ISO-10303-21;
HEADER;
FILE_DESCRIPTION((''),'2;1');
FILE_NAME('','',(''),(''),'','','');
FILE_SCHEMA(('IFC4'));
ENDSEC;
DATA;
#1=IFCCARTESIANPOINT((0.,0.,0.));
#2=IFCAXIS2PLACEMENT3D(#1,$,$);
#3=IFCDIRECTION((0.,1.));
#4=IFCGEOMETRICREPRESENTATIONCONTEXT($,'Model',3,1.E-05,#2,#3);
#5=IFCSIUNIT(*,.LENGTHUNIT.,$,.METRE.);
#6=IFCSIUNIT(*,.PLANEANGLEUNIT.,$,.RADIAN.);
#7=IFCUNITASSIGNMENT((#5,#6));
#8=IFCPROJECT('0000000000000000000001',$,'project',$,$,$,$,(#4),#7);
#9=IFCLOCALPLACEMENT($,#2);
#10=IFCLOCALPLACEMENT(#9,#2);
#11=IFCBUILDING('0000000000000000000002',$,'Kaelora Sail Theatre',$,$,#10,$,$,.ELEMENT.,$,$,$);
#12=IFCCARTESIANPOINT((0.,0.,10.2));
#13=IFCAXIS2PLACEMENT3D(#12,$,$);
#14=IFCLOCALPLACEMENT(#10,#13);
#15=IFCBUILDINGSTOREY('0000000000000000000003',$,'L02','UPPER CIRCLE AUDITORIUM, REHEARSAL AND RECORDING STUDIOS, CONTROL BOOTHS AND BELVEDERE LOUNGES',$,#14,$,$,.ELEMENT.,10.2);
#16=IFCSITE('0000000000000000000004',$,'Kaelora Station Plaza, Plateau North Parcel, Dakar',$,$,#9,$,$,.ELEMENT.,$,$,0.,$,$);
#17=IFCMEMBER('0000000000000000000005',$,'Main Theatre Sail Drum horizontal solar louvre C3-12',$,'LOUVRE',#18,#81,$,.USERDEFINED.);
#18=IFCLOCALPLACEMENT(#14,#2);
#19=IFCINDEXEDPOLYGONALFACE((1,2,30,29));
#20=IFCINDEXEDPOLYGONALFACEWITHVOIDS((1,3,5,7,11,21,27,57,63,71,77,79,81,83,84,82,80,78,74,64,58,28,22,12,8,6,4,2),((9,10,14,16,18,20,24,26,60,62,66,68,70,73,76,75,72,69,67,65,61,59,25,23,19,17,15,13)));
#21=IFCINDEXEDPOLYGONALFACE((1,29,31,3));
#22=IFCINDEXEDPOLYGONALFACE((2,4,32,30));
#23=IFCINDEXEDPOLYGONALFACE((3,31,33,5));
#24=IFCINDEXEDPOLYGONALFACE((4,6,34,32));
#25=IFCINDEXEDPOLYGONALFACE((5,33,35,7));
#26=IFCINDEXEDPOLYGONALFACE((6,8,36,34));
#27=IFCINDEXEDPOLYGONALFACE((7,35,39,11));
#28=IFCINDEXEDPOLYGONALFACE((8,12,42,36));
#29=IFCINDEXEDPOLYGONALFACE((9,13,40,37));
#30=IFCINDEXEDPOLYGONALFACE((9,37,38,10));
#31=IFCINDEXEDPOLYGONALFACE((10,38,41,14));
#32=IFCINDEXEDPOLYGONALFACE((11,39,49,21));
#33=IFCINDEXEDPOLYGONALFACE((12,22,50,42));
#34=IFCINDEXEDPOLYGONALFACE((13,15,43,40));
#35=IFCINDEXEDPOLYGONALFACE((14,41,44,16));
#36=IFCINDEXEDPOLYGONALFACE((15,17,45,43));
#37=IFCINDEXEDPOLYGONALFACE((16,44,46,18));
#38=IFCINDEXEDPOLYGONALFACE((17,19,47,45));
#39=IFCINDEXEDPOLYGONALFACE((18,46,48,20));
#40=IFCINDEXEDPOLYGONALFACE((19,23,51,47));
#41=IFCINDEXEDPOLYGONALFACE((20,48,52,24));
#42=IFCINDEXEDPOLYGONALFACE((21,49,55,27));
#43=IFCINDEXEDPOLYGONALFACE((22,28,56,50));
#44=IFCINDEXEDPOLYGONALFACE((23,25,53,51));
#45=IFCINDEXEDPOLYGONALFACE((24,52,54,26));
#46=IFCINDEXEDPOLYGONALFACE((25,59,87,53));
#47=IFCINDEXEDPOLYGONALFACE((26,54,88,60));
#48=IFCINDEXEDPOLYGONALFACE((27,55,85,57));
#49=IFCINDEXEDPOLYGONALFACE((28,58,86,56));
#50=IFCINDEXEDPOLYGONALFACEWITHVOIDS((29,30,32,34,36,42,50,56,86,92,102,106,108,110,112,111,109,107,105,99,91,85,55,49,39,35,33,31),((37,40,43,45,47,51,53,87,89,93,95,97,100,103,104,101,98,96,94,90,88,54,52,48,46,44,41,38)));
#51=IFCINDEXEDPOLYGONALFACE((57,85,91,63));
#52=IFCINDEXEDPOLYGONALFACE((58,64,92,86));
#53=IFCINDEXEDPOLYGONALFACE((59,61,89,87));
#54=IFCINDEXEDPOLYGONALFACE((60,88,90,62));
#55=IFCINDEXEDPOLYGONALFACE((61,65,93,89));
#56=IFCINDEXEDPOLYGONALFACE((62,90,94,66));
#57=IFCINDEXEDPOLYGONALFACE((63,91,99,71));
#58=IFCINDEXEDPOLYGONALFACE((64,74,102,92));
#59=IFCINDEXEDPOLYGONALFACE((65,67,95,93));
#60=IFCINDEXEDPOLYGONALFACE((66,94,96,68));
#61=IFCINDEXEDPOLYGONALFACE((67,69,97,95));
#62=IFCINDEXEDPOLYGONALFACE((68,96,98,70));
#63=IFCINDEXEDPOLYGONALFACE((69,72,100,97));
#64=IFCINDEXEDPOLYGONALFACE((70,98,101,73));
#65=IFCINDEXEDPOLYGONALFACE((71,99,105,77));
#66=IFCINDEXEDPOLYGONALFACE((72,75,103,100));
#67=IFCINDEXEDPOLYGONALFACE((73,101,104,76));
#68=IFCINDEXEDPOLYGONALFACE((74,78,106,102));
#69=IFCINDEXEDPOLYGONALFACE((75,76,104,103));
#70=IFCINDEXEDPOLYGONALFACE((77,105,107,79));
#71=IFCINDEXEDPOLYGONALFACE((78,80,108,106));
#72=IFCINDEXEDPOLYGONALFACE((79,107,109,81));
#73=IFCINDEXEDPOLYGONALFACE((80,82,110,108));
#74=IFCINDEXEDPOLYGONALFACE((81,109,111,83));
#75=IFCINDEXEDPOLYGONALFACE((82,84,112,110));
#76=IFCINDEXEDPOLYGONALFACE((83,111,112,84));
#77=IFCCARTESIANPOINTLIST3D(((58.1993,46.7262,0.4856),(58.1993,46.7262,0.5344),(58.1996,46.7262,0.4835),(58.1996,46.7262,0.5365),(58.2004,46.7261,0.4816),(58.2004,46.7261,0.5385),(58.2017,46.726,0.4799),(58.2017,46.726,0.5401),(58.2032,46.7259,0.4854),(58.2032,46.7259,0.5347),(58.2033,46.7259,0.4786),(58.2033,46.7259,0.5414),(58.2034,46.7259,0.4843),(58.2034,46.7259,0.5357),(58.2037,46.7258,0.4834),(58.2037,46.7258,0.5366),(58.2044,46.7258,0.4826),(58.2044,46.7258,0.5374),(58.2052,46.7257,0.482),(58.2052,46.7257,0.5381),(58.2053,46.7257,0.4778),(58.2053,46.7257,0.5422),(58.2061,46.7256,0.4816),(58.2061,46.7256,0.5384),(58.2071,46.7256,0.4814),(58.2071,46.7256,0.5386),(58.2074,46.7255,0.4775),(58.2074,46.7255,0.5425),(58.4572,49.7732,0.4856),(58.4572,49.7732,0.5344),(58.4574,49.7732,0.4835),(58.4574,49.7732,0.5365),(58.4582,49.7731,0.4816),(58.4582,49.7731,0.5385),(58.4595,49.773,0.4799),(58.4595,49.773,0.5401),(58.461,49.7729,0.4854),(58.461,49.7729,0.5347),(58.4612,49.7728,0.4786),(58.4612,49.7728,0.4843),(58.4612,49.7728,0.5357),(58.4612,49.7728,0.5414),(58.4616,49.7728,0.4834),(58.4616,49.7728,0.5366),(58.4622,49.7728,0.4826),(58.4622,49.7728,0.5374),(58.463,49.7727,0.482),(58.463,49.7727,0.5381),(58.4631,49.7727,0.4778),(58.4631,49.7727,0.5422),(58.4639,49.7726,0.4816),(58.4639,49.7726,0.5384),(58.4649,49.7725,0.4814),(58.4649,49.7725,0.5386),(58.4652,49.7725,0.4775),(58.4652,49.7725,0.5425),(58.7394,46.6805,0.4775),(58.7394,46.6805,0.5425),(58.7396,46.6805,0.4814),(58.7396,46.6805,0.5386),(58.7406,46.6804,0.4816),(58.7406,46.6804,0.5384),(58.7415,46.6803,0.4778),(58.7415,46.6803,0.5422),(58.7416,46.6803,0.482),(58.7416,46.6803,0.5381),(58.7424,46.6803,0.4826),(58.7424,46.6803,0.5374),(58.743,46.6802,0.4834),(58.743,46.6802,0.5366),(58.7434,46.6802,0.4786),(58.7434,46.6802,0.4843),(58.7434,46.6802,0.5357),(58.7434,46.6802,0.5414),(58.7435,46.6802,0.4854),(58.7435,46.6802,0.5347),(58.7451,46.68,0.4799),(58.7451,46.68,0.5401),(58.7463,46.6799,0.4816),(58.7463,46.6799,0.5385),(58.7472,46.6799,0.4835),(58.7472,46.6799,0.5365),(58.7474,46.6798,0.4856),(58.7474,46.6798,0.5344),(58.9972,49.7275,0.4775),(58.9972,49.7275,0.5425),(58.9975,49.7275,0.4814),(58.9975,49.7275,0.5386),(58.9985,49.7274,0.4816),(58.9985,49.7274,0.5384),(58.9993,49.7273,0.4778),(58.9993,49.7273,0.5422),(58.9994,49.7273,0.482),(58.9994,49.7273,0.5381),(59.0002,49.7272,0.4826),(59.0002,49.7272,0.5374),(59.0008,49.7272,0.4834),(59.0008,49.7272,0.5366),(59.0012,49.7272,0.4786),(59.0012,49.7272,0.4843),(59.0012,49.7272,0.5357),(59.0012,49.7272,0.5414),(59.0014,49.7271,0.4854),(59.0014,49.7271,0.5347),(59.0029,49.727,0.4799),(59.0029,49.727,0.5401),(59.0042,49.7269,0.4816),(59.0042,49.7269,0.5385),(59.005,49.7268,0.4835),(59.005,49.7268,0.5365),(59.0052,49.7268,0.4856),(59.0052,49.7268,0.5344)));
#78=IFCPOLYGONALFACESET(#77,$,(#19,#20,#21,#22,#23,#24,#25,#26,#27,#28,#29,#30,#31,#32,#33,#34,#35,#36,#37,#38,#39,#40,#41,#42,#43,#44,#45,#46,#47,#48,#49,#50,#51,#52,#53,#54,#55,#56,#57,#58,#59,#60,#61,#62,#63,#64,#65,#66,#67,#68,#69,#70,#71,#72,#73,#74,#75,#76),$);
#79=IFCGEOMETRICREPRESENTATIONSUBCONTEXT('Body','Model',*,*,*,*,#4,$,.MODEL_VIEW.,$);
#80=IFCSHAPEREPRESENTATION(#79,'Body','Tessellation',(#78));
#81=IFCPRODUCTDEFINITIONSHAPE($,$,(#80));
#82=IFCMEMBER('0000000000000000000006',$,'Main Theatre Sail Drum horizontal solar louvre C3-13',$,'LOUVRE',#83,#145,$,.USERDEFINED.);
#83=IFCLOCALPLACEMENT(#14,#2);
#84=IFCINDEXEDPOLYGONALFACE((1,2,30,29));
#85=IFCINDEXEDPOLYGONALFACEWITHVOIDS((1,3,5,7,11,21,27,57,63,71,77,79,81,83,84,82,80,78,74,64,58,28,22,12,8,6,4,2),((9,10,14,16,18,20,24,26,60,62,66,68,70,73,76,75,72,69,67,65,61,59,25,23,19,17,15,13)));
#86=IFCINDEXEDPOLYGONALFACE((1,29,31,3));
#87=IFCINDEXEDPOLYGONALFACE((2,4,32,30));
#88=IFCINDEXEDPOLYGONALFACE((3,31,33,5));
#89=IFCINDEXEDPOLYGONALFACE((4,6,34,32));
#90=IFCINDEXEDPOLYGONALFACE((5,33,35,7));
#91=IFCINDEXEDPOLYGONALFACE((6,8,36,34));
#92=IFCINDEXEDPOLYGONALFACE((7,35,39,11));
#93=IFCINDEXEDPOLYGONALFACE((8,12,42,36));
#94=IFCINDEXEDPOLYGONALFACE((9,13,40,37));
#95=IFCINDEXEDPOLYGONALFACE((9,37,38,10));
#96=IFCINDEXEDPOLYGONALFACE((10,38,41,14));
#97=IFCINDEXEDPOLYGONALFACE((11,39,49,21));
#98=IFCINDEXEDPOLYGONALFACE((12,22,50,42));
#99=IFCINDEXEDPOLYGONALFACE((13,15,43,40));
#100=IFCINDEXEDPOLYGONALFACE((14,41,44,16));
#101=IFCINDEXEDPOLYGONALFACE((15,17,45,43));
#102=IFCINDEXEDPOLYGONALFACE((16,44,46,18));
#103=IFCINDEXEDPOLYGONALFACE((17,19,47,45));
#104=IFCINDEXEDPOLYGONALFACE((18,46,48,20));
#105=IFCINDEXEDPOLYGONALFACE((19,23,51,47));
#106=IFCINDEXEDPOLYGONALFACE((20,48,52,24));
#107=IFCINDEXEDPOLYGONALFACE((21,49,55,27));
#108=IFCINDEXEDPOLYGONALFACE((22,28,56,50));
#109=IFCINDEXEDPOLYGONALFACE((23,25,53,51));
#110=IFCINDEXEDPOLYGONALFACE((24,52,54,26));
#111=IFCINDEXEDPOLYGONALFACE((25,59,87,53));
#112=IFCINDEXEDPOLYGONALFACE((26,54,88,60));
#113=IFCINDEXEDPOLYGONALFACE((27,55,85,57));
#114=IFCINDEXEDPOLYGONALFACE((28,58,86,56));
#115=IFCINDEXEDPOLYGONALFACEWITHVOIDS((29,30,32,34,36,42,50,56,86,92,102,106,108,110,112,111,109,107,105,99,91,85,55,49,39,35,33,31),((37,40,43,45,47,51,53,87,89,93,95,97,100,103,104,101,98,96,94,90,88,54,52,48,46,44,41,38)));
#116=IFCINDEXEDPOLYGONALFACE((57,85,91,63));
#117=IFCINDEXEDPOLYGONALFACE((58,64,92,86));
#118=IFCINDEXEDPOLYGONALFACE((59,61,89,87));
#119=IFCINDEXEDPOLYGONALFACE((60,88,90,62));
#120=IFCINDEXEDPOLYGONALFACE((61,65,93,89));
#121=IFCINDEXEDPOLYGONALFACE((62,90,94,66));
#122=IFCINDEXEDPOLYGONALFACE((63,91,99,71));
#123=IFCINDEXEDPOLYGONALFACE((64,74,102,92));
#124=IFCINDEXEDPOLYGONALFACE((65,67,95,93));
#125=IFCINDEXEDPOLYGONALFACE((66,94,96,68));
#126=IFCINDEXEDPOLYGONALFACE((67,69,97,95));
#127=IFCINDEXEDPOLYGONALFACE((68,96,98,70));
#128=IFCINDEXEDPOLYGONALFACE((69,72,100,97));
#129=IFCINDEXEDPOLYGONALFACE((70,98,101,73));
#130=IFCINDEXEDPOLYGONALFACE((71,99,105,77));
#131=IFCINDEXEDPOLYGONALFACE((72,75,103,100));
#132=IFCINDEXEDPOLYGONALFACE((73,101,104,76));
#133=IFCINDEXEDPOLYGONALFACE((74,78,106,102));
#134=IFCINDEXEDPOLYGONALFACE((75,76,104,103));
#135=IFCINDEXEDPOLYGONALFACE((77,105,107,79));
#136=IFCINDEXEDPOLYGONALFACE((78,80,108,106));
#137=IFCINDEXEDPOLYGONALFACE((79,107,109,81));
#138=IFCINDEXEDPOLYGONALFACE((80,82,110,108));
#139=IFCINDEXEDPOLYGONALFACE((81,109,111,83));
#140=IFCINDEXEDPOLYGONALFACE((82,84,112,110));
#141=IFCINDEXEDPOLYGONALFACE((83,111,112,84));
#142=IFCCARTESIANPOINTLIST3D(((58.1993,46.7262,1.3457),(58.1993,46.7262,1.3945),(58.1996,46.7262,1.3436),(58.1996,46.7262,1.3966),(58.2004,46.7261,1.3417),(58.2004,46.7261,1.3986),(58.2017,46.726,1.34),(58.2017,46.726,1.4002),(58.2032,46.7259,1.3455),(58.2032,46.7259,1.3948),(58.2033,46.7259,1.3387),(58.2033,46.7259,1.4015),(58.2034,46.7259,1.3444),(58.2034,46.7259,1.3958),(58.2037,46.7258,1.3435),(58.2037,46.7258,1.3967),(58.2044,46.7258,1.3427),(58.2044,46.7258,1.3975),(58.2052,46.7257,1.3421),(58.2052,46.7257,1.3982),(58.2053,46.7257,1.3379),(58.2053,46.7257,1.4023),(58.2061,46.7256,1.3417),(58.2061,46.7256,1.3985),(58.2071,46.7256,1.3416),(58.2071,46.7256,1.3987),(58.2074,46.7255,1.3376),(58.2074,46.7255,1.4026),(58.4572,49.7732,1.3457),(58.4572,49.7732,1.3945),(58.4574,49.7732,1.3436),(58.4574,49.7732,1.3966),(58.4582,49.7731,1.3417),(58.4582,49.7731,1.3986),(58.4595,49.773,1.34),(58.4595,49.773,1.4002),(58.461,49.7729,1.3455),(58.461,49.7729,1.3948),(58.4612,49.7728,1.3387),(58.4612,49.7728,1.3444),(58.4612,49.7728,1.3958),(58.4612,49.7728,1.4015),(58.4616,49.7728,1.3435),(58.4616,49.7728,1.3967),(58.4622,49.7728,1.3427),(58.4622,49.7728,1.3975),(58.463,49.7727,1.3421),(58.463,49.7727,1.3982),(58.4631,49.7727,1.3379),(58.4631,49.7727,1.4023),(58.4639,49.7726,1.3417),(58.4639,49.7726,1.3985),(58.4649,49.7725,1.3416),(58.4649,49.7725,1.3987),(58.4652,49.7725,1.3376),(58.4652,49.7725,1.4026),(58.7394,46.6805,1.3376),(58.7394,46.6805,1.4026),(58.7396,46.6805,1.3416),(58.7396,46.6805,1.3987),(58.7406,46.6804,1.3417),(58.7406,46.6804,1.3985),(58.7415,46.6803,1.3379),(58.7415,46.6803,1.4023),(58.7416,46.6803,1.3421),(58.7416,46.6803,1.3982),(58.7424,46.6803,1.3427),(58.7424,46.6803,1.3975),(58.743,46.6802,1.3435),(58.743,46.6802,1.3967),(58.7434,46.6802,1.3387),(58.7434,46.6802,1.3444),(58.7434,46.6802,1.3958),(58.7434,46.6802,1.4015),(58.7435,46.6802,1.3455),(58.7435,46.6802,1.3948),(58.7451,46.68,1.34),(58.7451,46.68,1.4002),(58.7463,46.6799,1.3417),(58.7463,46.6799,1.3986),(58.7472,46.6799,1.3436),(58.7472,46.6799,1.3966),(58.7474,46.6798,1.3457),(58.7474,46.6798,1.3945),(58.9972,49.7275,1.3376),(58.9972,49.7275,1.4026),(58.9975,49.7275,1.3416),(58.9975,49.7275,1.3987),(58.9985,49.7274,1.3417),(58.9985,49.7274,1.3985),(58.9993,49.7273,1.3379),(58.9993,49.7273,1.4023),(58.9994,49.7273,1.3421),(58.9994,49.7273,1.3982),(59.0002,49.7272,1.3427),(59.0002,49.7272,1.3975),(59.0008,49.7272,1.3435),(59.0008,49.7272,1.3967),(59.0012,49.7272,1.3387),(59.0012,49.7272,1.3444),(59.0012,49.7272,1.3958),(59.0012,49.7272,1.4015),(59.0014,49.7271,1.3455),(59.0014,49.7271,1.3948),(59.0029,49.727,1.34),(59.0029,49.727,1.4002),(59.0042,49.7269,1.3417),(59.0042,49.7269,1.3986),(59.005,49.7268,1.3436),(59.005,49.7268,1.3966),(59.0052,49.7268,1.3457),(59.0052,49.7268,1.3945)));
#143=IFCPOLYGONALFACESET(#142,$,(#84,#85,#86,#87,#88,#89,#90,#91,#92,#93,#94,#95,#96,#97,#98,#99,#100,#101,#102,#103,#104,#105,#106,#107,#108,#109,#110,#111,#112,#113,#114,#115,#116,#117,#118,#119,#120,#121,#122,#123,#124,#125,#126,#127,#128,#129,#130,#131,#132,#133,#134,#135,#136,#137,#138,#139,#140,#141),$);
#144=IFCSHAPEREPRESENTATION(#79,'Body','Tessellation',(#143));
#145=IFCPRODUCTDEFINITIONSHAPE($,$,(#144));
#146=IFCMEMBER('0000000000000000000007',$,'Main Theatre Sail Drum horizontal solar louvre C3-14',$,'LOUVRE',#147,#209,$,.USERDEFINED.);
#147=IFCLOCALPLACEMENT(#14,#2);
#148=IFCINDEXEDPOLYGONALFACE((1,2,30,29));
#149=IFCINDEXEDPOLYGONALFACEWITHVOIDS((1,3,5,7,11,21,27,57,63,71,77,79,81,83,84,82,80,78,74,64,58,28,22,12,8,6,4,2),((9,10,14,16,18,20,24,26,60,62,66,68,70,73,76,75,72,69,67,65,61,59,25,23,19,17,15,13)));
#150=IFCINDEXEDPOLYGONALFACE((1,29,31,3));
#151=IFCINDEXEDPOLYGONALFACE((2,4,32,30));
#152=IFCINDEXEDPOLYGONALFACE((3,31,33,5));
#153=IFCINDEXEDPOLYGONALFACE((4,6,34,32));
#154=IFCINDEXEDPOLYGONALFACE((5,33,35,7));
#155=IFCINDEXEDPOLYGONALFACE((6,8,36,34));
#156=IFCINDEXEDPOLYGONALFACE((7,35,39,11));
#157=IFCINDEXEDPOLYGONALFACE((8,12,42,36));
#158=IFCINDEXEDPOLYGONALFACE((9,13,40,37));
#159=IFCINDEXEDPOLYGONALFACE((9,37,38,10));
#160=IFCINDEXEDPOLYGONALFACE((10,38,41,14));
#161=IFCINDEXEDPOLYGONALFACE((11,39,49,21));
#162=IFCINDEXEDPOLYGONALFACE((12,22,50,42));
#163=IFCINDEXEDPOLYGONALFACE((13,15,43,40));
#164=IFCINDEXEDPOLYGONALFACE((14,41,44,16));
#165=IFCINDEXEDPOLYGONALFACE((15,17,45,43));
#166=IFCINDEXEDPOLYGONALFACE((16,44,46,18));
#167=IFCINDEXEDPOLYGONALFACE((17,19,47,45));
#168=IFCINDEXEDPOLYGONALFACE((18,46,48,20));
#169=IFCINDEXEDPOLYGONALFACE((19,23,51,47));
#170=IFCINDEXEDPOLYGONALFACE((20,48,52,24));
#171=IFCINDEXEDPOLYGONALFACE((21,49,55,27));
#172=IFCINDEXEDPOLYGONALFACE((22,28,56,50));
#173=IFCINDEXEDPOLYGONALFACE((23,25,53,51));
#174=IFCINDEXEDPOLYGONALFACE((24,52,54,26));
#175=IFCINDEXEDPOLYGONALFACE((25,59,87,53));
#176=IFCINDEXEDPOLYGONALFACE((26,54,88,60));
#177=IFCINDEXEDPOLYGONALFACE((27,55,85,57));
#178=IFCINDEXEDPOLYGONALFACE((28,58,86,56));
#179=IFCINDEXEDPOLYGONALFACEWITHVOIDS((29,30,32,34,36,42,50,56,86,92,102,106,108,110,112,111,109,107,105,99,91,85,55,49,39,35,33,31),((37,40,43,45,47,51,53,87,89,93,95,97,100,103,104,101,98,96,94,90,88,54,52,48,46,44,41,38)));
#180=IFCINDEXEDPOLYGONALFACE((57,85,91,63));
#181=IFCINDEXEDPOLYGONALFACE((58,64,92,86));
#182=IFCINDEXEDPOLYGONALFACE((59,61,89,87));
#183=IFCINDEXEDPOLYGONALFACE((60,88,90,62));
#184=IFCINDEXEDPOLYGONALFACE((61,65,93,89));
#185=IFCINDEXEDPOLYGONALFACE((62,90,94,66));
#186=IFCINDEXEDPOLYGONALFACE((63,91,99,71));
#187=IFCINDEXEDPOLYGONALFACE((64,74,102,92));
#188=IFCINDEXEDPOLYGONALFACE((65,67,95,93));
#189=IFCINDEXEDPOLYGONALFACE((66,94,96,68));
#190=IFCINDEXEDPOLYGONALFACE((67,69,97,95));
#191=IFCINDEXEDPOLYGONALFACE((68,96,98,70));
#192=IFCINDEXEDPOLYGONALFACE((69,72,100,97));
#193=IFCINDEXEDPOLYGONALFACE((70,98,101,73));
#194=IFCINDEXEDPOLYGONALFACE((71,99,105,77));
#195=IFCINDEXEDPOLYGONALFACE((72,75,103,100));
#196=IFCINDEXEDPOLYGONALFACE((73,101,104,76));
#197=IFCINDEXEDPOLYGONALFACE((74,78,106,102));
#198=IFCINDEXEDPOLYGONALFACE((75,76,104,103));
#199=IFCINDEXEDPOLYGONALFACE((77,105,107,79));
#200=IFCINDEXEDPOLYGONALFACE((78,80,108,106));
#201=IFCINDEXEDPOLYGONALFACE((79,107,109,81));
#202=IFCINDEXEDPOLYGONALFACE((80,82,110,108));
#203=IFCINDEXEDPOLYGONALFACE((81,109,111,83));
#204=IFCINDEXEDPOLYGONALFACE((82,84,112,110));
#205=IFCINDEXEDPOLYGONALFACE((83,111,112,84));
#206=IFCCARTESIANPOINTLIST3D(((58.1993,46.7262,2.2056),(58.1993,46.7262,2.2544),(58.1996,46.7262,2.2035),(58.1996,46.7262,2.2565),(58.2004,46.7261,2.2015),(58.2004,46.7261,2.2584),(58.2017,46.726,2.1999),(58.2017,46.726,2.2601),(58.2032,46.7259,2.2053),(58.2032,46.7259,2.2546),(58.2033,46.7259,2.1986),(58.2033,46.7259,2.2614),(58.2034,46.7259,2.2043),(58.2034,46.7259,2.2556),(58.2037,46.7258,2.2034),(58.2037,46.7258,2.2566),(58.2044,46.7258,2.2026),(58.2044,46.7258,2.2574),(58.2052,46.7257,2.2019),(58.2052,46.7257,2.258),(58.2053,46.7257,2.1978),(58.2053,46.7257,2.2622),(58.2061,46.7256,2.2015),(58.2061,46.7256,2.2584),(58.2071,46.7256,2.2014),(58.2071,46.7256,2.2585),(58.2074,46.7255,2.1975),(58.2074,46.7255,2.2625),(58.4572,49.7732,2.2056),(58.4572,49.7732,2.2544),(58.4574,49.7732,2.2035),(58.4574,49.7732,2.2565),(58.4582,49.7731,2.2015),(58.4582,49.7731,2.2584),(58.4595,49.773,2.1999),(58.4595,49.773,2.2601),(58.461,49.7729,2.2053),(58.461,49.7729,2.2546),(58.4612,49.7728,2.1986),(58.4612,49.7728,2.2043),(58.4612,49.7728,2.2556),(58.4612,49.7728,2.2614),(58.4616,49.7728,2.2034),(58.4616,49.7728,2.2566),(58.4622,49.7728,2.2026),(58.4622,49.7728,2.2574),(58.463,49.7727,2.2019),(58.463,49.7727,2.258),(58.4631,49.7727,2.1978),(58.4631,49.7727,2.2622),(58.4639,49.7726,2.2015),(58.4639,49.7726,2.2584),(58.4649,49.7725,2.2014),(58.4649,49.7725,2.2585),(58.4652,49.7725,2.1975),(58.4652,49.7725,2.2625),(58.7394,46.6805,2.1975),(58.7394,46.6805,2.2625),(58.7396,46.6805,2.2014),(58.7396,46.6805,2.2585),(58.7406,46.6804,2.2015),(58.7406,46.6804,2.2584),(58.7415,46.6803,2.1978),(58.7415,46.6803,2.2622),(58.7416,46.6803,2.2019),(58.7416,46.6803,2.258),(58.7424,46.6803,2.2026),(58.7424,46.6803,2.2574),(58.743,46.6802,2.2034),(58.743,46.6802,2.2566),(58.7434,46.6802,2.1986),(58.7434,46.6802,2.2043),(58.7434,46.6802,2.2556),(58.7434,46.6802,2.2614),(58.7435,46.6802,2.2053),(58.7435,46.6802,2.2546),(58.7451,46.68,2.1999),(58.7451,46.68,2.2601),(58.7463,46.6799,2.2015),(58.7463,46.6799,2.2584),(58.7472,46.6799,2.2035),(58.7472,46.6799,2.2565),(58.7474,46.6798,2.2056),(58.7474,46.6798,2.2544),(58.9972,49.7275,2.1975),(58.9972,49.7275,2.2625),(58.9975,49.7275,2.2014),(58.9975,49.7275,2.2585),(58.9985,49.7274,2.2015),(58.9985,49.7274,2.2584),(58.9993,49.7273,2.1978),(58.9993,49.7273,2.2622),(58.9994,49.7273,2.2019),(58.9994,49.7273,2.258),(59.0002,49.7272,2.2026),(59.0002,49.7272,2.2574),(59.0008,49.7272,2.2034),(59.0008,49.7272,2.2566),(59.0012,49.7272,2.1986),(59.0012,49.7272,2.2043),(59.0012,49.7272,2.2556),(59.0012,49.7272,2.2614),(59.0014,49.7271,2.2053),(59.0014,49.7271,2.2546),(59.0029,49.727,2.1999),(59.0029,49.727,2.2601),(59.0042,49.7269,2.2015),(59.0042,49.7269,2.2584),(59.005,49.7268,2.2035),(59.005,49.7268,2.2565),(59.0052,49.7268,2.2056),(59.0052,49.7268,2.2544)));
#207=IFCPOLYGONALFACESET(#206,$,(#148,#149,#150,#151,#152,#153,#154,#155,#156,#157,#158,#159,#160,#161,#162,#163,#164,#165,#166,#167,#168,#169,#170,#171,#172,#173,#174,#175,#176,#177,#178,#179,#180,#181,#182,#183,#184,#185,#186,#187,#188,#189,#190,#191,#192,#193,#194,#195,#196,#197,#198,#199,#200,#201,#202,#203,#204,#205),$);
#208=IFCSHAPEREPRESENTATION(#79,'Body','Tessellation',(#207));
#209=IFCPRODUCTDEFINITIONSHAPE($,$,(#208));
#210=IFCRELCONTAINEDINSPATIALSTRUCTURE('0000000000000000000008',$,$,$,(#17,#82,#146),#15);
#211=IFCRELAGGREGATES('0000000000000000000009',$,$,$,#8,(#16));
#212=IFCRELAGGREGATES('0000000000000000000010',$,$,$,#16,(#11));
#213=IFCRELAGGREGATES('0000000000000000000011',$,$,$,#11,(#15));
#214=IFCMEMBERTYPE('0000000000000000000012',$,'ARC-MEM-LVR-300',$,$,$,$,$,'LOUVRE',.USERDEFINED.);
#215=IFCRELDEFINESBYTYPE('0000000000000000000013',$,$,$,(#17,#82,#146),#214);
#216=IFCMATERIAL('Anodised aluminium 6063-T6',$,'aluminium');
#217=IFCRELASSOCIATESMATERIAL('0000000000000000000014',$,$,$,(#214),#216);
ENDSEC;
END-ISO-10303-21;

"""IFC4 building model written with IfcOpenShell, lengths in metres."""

from ifc_helpers import new_model, si_unit, direction, frame, origin, origin_2d, place, context, subcontext, project, spatial, hollow_rectangle, extrude, material, material_profile, profile_set, type_object, element, save


model = new_model("IFC4")

# Units and contexts
model_context = context("Model", 3, precision=1e-05, world=origin(), true_north=direction((0.0, 1.0)))
body_context = subcontext(model_context, "Body", "Model", "MODEL_VIEW")
ifc_project = project(units=[si_unit("LENGTHUNIT", "METRE"), si_unit("PLANEANGLEUNIT", "RADIAN")], contexts=[model_context])

# Site, building, storey
site_placement = place(None, origin())
site = spatial("IfcSite", under=ifc_project, at=site_placement, Name="Kaelora Station Plaza, Plateau North Parcel, Dakar", CompositionType="ELEMENT", RefElevation=0.0)
building_placement = place(site_placement, origin())
building = spatial("IfcBuilding", under=site, at=building_placement, Name="Kaelora Sail Theatre", CompositionType="ELEMENT")
storey_placement = place(building_placement, frame((0.0, 0.0, 10.2)))
storey = spatial("IfcBuildingStorey", under=building, at=storey_placement, Name="L02", Description="UPPER CIRCLE AUDITORIUM, REHEARSAL AND RECORDING STUDIOS, CONTROL BOOTHS AND BELVEDERE LOUNGES", CompositionType="ELEMENT", Elevation=10.2)

# Members
ifc_material_1 = material(Name="Anodised aluminium 6063-T6", Category="aluminium")
ifc_material_profile_1 = material_profile(ifc_material_1, hollow_rectangle(XDim=0.55, YDim=0.0649, WallThickness=0.0039, InnerFilletRadius=0.0039, OuterFilletRadius=0.0081, at=origin_2d()), Name="LOUVRE 550x65x4")
ifc_profile_set_1 = profile_set([ifc_material_profile_1], Name="Anodised aluminium 6063-T6")
member_type_1 = type_object("IfcMemberType", Name="ARC-MEM-LVR-300", ElementType="LOUVRE", PredefinedType="USERDEFINED", material=ifc_profile_set_1)
for number, where, z_axis, x_axis, name in (
    (1, (58.7312, 49.75, 0.51), (-0.084314, -0.996439, 0.0), (0.996439, -0.084314, 0.0), "Main Theatre Sail Drum horizontal solar louvre C3-12"),
    (2, (58.7312, 49.75, 1.3701), (-0.084314, -0.996439, 0.0), (0.996439, -0.084314, 0.0), "Main Theatre Sail Drum horizontal solar louvre C3-13"),
    (3, (58.7312, 49.75, 2.23), (-0.084314, -0.996439, 0.0), (0.996439, -0.084314, 0.0), "Main Theatre Sail Drum horizontal solar louvre C3-14"),
):
    element("IfcMember", number, at=place(storey_placement, frame(where, z_axis=z_axis, x_axis=x_axis)), inside=storey, type_object=member_type_1, Name=name, ObjectType="LOUVRE", PredefinedType="USERDEFINED", context=body_context, shape_type="SweptSolid", body=[
        extrude(hollow_rectangle(XDim=0.55, YDim=0.0649, WallThickness=0.0039, InnerFilletRadius=0.0039, OuterFilletRadius=0.0081, at=origin_2d()), origin(), (0.0, 0.0, 1.0), 3.0579),
    ])

save(model, "model.ifc")
